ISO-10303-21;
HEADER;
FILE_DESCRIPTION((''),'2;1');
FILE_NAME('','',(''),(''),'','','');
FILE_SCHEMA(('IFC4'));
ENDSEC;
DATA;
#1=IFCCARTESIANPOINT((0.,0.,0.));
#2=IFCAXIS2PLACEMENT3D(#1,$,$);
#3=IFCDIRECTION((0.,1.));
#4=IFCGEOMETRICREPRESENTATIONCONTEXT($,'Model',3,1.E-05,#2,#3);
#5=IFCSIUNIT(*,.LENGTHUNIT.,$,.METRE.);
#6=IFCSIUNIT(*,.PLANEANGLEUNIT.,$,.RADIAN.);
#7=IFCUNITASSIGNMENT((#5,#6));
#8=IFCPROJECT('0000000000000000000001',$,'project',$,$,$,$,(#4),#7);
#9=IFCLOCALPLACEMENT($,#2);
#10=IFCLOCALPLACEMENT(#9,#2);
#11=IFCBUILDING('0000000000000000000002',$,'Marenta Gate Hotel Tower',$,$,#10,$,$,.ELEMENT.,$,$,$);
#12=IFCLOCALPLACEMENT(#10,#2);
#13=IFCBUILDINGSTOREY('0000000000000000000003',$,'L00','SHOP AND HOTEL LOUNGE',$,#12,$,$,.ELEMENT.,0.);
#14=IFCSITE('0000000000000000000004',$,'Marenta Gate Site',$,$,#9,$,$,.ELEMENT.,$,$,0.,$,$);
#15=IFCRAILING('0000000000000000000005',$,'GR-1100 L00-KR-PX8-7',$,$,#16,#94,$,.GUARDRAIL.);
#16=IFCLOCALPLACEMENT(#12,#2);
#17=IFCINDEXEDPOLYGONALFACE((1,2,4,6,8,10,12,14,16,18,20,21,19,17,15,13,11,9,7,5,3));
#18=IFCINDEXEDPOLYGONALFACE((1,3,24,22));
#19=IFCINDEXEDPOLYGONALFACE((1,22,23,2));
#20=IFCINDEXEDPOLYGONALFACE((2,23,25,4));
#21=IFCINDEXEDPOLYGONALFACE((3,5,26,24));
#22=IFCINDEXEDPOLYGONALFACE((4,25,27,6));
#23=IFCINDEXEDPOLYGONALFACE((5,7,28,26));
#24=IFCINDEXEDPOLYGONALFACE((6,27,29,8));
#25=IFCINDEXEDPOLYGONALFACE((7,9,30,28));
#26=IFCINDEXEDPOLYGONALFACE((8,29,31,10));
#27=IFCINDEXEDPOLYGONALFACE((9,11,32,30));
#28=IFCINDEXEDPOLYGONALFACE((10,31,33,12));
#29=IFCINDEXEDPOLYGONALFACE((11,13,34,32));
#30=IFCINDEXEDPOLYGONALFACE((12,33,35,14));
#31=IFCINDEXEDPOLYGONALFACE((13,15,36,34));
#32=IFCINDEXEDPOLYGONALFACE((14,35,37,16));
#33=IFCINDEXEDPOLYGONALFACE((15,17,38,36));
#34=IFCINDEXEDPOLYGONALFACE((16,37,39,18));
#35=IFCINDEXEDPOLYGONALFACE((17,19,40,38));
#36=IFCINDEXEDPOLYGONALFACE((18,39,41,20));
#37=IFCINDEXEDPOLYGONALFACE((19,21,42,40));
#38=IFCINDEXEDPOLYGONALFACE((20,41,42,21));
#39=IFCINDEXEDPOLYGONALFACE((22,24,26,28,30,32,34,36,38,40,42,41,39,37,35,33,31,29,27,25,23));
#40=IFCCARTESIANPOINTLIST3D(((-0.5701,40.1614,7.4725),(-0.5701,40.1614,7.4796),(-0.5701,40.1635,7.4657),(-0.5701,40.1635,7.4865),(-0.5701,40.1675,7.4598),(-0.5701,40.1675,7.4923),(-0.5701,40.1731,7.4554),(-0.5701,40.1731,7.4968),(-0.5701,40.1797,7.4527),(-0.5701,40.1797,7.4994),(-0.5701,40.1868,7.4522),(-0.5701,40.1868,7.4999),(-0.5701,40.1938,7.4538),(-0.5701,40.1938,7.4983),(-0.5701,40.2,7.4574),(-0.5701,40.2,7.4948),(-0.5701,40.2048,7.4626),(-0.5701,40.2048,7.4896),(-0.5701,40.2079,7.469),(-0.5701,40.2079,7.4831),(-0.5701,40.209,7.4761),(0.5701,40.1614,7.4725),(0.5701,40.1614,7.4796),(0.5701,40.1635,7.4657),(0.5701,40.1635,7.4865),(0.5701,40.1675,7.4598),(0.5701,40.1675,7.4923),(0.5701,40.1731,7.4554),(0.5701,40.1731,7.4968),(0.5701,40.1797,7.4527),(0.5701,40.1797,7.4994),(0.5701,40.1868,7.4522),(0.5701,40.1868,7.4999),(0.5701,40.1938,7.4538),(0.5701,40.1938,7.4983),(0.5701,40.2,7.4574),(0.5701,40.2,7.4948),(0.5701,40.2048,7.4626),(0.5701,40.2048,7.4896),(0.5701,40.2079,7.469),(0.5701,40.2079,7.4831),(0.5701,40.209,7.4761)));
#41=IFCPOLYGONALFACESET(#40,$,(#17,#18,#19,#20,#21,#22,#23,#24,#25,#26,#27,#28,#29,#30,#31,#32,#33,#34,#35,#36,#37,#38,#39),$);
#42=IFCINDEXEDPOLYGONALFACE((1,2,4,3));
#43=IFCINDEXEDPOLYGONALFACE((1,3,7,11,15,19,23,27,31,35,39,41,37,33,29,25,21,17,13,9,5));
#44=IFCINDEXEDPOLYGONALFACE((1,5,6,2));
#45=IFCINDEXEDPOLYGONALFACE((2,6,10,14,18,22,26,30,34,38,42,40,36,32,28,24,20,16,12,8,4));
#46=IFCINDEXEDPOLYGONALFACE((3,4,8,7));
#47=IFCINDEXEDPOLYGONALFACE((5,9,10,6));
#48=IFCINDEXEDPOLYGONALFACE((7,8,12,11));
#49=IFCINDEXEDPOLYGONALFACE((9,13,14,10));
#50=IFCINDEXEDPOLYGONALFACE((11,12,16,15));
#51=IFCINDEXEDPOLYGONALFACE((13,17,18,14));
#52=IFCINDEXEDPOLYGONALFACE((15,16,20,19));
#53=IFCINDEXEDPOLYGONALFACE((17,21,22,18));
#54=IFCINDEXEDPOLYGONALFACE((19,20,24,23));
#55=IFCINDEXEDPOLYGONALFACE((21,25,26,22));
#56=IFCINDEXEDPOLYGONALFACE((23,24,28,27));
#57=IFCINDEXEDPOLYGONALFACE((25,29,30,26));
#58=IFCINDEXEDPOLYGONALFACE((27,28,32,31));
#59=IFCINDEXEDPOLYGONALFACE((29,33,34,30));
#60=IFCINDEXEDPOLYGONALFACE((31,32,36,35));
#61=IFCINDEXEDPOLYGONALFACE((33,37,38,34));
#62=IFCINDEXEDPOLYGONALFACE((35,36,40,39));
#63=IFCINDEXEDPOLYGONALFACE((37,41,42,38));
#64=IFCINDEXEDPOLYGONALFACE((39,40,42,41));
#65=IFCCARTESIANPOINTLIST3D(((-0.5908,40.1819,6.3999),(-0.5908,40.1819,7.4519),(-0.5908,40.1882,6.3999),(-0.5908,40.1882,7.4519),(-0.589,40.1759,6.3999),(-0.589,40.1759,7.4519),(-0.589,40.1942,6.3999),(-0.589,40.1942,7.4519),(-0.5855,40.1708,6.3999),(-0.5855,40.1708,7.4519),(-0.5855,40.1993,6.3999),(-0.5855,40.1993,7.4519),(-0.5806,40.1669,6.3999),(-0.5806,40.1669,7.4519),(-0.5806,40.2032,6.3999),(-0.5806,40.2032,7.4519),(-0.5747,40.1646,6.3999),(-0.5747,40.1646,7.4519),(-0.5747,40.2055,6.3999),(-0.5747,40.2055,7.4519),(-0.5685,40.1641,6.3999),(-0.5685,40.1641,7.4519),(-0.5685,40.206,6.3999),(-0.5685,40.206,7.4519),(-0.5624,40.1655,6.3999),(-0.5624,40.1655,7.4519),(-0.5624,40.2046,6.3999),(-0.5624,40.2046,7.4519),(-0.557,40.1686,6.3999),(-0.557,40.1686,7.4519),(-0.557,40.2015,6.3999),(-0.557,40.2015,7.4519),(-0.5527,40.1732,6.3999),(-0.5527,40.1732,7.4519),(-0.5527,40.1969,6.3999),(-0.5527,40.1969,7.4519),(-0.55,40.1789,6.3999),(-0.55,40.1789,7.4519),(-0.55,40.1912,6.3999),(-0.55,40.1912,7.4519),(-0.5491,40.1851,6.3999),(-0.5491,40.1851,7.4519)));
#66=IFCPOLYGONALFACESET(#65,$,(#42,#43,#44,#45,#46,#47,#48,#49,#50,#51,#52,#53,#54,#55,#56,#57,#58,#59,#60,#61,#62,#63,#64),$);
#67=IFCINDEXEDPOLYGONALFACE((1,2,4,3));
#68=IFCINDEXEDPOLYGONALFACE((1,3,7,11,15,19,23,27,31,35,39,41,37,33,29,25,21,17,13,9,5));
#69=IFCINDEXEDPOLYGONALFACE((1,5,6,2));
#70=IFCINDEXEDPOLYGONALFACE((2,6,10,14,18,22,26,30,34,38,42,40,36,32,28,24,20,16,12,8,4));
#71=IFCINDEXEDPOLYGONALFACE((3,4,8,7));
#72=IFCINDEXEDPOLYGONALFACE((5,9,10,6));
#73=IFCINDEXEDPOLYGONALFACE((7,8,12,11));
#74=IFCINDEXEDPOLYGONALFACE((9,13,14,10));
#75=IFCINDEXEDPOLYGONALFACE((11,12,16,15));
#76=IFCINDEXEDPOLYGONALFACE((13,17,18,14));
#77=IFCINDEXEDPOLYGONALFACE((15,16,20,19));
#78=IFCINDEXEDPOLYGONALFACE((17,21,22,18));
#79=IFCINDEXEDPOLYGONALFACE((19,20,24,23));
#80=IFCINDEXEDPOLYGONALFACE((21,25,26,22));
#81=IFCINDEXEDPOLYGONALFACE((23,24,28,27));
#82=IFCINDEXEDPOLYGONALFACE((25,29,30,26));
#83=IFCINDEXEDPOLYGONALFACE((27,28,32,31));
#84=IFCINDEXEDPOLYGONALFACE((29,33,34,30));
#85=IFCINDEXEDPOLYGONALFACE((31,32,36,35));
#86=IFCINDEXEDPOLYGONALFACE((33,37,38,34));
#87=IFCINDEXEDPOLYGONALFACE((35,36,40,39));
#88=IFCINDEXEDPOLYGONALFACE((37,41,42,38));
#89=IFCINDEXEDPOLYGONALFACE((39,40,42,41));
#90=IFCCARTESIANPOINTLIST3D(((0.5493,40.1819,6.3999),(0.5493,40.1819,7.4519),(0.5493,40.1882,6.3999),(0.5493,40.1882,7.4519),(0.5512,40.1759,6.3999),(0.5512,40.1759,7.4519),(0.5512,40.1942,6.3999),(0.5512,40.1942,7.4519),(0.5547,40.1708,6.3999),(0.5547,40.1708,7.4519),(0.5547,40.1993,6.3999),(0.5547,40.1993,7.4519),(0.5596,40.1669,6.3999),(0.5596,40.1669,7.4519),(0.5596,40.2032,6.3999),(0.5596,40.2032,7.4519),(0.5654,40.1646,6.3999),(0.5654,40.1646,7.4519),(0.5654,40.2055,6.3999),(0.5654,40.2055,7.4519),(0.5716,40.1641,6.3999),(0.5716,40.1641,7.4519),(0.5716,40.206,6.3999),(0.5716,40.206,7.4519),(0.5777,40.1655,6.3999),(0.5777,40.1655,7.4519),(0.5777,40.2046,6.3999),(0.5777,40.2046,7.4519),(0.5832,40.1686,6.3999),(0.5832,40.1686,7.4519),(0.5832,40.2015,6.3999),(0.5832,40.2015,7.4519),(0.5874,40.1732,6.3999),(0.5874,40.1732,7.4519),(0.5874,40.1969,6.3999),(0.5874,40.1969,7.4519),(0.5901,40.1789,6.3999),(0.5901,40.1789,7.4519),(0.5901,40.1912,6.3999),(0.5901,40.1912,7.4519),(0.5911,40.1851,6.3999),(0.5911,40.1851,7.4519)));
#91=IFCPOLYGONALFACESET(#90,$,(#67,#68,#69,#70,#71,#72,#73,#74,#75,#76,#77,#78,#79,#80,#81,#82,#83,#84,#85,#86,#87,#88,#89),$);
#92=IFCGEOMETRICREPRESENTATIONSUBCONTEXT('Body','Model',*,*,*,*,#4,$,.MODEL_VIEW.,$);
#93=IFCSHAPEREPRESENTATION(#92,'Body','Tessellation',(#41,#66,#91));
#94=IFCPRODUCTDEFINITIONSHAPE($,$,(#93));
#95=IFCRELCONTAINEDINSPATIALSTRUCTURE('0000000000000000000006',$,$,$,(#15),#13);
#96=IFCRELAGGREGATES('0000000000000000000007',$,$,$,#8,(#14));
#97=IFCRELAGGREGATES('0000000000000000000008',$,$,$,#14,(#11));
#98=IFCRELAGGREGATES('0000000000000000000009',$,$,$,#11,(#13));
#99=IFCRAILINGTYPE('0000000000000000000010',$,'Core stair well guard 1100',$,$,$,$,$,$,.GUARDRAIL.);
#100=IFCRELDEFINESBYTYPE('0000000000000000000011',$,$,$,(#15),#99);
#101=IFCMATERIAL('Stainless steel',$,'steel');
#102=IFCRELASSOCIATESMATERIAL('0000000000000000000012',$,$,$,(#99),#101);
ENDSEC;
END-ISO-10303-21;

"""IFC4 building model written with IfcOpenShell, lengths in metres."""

from ifc_helpers import new_model, si_unit, direction, frame, origin, origin_2d, place, context, subcontext, project, spatial, circle, extrude, material, type_object, element, save


model = new_model("IFC4")

# Units and contexts
model_context = context("Model", 3, precision=1e-05, world=origin(), true_north=direction((0.0, 1.0)))
body_context = subcontext(model_context, "Body", "Model", "MODEL_VIEW")
ifc_project = project(units=[si_unit("LENGTHUNIT", "METRE"), si_unit("PLANEANGLEUNIT", "RADIAN")], contexts=[model_context])

# Site, building, storey
site_placement = place(None, origin())
site = spatial("IfcSite", under=ifc_project, at=site_placement, Name="Marenta Gate Site", CompositionType="ELEMENT", RefElevation=0.0)
building_placement = place(site_placement, origin())
building = spatial("IfcBuilding", under=site, at=building_placement, Name="Marenta Gate Hotel Tower", CompositionType="ELEMENT")
storey_placement = place(building_placement, origin())
storey = spatial("IfcBuildingStorey", under=building, at=storey_placement, Name="L00", Description="SHOP AND HOTEL LOUNGE", CompositionType="ELEMENT", Elevation=0.0)

# Railing
ifc_material_1 = material(Name="Stainless steel", Category="steel")
railing_type_1 = type_object("IfcRailingType", Name="Core stair well guard 1100", PredefinedType="GUARDRAIL", material=ifc_material_1)
railing_1_placement = place(storey_placement, frame((-0.5701, 40.1851, 6.3999)))
element("IfcRailing", 1, at=railing_1_placement, inside=storey, type_object=railing_type_1, Name="GR-1100 L00-KR-PX8-7", PredefinedType="GUARDRAIL", context=body_context, shape_type="SweptSolid", body=[
    extrude(circle(Radius=0.0239, at=origin_2d()), frame((0.0, 0.0, 1.0762), z_axis=(1.0, 0.0, 0.0), x_axis=(0.0, 1.0, 0.0)), (0.0, 0.0, 1.0), 1.1401),
    extrude(circle(Radius=0.021, at=origin_2d()), origin(), (0.0, 0.0, 1.0), 1.052),
    extrude(circle(Radius=0.021, at=origin_2d()), frame((1.1401, 0.0, 0.0)), (0.0, 0.0, 1.0), 1.052),
])

save(model, "model.ifc")
